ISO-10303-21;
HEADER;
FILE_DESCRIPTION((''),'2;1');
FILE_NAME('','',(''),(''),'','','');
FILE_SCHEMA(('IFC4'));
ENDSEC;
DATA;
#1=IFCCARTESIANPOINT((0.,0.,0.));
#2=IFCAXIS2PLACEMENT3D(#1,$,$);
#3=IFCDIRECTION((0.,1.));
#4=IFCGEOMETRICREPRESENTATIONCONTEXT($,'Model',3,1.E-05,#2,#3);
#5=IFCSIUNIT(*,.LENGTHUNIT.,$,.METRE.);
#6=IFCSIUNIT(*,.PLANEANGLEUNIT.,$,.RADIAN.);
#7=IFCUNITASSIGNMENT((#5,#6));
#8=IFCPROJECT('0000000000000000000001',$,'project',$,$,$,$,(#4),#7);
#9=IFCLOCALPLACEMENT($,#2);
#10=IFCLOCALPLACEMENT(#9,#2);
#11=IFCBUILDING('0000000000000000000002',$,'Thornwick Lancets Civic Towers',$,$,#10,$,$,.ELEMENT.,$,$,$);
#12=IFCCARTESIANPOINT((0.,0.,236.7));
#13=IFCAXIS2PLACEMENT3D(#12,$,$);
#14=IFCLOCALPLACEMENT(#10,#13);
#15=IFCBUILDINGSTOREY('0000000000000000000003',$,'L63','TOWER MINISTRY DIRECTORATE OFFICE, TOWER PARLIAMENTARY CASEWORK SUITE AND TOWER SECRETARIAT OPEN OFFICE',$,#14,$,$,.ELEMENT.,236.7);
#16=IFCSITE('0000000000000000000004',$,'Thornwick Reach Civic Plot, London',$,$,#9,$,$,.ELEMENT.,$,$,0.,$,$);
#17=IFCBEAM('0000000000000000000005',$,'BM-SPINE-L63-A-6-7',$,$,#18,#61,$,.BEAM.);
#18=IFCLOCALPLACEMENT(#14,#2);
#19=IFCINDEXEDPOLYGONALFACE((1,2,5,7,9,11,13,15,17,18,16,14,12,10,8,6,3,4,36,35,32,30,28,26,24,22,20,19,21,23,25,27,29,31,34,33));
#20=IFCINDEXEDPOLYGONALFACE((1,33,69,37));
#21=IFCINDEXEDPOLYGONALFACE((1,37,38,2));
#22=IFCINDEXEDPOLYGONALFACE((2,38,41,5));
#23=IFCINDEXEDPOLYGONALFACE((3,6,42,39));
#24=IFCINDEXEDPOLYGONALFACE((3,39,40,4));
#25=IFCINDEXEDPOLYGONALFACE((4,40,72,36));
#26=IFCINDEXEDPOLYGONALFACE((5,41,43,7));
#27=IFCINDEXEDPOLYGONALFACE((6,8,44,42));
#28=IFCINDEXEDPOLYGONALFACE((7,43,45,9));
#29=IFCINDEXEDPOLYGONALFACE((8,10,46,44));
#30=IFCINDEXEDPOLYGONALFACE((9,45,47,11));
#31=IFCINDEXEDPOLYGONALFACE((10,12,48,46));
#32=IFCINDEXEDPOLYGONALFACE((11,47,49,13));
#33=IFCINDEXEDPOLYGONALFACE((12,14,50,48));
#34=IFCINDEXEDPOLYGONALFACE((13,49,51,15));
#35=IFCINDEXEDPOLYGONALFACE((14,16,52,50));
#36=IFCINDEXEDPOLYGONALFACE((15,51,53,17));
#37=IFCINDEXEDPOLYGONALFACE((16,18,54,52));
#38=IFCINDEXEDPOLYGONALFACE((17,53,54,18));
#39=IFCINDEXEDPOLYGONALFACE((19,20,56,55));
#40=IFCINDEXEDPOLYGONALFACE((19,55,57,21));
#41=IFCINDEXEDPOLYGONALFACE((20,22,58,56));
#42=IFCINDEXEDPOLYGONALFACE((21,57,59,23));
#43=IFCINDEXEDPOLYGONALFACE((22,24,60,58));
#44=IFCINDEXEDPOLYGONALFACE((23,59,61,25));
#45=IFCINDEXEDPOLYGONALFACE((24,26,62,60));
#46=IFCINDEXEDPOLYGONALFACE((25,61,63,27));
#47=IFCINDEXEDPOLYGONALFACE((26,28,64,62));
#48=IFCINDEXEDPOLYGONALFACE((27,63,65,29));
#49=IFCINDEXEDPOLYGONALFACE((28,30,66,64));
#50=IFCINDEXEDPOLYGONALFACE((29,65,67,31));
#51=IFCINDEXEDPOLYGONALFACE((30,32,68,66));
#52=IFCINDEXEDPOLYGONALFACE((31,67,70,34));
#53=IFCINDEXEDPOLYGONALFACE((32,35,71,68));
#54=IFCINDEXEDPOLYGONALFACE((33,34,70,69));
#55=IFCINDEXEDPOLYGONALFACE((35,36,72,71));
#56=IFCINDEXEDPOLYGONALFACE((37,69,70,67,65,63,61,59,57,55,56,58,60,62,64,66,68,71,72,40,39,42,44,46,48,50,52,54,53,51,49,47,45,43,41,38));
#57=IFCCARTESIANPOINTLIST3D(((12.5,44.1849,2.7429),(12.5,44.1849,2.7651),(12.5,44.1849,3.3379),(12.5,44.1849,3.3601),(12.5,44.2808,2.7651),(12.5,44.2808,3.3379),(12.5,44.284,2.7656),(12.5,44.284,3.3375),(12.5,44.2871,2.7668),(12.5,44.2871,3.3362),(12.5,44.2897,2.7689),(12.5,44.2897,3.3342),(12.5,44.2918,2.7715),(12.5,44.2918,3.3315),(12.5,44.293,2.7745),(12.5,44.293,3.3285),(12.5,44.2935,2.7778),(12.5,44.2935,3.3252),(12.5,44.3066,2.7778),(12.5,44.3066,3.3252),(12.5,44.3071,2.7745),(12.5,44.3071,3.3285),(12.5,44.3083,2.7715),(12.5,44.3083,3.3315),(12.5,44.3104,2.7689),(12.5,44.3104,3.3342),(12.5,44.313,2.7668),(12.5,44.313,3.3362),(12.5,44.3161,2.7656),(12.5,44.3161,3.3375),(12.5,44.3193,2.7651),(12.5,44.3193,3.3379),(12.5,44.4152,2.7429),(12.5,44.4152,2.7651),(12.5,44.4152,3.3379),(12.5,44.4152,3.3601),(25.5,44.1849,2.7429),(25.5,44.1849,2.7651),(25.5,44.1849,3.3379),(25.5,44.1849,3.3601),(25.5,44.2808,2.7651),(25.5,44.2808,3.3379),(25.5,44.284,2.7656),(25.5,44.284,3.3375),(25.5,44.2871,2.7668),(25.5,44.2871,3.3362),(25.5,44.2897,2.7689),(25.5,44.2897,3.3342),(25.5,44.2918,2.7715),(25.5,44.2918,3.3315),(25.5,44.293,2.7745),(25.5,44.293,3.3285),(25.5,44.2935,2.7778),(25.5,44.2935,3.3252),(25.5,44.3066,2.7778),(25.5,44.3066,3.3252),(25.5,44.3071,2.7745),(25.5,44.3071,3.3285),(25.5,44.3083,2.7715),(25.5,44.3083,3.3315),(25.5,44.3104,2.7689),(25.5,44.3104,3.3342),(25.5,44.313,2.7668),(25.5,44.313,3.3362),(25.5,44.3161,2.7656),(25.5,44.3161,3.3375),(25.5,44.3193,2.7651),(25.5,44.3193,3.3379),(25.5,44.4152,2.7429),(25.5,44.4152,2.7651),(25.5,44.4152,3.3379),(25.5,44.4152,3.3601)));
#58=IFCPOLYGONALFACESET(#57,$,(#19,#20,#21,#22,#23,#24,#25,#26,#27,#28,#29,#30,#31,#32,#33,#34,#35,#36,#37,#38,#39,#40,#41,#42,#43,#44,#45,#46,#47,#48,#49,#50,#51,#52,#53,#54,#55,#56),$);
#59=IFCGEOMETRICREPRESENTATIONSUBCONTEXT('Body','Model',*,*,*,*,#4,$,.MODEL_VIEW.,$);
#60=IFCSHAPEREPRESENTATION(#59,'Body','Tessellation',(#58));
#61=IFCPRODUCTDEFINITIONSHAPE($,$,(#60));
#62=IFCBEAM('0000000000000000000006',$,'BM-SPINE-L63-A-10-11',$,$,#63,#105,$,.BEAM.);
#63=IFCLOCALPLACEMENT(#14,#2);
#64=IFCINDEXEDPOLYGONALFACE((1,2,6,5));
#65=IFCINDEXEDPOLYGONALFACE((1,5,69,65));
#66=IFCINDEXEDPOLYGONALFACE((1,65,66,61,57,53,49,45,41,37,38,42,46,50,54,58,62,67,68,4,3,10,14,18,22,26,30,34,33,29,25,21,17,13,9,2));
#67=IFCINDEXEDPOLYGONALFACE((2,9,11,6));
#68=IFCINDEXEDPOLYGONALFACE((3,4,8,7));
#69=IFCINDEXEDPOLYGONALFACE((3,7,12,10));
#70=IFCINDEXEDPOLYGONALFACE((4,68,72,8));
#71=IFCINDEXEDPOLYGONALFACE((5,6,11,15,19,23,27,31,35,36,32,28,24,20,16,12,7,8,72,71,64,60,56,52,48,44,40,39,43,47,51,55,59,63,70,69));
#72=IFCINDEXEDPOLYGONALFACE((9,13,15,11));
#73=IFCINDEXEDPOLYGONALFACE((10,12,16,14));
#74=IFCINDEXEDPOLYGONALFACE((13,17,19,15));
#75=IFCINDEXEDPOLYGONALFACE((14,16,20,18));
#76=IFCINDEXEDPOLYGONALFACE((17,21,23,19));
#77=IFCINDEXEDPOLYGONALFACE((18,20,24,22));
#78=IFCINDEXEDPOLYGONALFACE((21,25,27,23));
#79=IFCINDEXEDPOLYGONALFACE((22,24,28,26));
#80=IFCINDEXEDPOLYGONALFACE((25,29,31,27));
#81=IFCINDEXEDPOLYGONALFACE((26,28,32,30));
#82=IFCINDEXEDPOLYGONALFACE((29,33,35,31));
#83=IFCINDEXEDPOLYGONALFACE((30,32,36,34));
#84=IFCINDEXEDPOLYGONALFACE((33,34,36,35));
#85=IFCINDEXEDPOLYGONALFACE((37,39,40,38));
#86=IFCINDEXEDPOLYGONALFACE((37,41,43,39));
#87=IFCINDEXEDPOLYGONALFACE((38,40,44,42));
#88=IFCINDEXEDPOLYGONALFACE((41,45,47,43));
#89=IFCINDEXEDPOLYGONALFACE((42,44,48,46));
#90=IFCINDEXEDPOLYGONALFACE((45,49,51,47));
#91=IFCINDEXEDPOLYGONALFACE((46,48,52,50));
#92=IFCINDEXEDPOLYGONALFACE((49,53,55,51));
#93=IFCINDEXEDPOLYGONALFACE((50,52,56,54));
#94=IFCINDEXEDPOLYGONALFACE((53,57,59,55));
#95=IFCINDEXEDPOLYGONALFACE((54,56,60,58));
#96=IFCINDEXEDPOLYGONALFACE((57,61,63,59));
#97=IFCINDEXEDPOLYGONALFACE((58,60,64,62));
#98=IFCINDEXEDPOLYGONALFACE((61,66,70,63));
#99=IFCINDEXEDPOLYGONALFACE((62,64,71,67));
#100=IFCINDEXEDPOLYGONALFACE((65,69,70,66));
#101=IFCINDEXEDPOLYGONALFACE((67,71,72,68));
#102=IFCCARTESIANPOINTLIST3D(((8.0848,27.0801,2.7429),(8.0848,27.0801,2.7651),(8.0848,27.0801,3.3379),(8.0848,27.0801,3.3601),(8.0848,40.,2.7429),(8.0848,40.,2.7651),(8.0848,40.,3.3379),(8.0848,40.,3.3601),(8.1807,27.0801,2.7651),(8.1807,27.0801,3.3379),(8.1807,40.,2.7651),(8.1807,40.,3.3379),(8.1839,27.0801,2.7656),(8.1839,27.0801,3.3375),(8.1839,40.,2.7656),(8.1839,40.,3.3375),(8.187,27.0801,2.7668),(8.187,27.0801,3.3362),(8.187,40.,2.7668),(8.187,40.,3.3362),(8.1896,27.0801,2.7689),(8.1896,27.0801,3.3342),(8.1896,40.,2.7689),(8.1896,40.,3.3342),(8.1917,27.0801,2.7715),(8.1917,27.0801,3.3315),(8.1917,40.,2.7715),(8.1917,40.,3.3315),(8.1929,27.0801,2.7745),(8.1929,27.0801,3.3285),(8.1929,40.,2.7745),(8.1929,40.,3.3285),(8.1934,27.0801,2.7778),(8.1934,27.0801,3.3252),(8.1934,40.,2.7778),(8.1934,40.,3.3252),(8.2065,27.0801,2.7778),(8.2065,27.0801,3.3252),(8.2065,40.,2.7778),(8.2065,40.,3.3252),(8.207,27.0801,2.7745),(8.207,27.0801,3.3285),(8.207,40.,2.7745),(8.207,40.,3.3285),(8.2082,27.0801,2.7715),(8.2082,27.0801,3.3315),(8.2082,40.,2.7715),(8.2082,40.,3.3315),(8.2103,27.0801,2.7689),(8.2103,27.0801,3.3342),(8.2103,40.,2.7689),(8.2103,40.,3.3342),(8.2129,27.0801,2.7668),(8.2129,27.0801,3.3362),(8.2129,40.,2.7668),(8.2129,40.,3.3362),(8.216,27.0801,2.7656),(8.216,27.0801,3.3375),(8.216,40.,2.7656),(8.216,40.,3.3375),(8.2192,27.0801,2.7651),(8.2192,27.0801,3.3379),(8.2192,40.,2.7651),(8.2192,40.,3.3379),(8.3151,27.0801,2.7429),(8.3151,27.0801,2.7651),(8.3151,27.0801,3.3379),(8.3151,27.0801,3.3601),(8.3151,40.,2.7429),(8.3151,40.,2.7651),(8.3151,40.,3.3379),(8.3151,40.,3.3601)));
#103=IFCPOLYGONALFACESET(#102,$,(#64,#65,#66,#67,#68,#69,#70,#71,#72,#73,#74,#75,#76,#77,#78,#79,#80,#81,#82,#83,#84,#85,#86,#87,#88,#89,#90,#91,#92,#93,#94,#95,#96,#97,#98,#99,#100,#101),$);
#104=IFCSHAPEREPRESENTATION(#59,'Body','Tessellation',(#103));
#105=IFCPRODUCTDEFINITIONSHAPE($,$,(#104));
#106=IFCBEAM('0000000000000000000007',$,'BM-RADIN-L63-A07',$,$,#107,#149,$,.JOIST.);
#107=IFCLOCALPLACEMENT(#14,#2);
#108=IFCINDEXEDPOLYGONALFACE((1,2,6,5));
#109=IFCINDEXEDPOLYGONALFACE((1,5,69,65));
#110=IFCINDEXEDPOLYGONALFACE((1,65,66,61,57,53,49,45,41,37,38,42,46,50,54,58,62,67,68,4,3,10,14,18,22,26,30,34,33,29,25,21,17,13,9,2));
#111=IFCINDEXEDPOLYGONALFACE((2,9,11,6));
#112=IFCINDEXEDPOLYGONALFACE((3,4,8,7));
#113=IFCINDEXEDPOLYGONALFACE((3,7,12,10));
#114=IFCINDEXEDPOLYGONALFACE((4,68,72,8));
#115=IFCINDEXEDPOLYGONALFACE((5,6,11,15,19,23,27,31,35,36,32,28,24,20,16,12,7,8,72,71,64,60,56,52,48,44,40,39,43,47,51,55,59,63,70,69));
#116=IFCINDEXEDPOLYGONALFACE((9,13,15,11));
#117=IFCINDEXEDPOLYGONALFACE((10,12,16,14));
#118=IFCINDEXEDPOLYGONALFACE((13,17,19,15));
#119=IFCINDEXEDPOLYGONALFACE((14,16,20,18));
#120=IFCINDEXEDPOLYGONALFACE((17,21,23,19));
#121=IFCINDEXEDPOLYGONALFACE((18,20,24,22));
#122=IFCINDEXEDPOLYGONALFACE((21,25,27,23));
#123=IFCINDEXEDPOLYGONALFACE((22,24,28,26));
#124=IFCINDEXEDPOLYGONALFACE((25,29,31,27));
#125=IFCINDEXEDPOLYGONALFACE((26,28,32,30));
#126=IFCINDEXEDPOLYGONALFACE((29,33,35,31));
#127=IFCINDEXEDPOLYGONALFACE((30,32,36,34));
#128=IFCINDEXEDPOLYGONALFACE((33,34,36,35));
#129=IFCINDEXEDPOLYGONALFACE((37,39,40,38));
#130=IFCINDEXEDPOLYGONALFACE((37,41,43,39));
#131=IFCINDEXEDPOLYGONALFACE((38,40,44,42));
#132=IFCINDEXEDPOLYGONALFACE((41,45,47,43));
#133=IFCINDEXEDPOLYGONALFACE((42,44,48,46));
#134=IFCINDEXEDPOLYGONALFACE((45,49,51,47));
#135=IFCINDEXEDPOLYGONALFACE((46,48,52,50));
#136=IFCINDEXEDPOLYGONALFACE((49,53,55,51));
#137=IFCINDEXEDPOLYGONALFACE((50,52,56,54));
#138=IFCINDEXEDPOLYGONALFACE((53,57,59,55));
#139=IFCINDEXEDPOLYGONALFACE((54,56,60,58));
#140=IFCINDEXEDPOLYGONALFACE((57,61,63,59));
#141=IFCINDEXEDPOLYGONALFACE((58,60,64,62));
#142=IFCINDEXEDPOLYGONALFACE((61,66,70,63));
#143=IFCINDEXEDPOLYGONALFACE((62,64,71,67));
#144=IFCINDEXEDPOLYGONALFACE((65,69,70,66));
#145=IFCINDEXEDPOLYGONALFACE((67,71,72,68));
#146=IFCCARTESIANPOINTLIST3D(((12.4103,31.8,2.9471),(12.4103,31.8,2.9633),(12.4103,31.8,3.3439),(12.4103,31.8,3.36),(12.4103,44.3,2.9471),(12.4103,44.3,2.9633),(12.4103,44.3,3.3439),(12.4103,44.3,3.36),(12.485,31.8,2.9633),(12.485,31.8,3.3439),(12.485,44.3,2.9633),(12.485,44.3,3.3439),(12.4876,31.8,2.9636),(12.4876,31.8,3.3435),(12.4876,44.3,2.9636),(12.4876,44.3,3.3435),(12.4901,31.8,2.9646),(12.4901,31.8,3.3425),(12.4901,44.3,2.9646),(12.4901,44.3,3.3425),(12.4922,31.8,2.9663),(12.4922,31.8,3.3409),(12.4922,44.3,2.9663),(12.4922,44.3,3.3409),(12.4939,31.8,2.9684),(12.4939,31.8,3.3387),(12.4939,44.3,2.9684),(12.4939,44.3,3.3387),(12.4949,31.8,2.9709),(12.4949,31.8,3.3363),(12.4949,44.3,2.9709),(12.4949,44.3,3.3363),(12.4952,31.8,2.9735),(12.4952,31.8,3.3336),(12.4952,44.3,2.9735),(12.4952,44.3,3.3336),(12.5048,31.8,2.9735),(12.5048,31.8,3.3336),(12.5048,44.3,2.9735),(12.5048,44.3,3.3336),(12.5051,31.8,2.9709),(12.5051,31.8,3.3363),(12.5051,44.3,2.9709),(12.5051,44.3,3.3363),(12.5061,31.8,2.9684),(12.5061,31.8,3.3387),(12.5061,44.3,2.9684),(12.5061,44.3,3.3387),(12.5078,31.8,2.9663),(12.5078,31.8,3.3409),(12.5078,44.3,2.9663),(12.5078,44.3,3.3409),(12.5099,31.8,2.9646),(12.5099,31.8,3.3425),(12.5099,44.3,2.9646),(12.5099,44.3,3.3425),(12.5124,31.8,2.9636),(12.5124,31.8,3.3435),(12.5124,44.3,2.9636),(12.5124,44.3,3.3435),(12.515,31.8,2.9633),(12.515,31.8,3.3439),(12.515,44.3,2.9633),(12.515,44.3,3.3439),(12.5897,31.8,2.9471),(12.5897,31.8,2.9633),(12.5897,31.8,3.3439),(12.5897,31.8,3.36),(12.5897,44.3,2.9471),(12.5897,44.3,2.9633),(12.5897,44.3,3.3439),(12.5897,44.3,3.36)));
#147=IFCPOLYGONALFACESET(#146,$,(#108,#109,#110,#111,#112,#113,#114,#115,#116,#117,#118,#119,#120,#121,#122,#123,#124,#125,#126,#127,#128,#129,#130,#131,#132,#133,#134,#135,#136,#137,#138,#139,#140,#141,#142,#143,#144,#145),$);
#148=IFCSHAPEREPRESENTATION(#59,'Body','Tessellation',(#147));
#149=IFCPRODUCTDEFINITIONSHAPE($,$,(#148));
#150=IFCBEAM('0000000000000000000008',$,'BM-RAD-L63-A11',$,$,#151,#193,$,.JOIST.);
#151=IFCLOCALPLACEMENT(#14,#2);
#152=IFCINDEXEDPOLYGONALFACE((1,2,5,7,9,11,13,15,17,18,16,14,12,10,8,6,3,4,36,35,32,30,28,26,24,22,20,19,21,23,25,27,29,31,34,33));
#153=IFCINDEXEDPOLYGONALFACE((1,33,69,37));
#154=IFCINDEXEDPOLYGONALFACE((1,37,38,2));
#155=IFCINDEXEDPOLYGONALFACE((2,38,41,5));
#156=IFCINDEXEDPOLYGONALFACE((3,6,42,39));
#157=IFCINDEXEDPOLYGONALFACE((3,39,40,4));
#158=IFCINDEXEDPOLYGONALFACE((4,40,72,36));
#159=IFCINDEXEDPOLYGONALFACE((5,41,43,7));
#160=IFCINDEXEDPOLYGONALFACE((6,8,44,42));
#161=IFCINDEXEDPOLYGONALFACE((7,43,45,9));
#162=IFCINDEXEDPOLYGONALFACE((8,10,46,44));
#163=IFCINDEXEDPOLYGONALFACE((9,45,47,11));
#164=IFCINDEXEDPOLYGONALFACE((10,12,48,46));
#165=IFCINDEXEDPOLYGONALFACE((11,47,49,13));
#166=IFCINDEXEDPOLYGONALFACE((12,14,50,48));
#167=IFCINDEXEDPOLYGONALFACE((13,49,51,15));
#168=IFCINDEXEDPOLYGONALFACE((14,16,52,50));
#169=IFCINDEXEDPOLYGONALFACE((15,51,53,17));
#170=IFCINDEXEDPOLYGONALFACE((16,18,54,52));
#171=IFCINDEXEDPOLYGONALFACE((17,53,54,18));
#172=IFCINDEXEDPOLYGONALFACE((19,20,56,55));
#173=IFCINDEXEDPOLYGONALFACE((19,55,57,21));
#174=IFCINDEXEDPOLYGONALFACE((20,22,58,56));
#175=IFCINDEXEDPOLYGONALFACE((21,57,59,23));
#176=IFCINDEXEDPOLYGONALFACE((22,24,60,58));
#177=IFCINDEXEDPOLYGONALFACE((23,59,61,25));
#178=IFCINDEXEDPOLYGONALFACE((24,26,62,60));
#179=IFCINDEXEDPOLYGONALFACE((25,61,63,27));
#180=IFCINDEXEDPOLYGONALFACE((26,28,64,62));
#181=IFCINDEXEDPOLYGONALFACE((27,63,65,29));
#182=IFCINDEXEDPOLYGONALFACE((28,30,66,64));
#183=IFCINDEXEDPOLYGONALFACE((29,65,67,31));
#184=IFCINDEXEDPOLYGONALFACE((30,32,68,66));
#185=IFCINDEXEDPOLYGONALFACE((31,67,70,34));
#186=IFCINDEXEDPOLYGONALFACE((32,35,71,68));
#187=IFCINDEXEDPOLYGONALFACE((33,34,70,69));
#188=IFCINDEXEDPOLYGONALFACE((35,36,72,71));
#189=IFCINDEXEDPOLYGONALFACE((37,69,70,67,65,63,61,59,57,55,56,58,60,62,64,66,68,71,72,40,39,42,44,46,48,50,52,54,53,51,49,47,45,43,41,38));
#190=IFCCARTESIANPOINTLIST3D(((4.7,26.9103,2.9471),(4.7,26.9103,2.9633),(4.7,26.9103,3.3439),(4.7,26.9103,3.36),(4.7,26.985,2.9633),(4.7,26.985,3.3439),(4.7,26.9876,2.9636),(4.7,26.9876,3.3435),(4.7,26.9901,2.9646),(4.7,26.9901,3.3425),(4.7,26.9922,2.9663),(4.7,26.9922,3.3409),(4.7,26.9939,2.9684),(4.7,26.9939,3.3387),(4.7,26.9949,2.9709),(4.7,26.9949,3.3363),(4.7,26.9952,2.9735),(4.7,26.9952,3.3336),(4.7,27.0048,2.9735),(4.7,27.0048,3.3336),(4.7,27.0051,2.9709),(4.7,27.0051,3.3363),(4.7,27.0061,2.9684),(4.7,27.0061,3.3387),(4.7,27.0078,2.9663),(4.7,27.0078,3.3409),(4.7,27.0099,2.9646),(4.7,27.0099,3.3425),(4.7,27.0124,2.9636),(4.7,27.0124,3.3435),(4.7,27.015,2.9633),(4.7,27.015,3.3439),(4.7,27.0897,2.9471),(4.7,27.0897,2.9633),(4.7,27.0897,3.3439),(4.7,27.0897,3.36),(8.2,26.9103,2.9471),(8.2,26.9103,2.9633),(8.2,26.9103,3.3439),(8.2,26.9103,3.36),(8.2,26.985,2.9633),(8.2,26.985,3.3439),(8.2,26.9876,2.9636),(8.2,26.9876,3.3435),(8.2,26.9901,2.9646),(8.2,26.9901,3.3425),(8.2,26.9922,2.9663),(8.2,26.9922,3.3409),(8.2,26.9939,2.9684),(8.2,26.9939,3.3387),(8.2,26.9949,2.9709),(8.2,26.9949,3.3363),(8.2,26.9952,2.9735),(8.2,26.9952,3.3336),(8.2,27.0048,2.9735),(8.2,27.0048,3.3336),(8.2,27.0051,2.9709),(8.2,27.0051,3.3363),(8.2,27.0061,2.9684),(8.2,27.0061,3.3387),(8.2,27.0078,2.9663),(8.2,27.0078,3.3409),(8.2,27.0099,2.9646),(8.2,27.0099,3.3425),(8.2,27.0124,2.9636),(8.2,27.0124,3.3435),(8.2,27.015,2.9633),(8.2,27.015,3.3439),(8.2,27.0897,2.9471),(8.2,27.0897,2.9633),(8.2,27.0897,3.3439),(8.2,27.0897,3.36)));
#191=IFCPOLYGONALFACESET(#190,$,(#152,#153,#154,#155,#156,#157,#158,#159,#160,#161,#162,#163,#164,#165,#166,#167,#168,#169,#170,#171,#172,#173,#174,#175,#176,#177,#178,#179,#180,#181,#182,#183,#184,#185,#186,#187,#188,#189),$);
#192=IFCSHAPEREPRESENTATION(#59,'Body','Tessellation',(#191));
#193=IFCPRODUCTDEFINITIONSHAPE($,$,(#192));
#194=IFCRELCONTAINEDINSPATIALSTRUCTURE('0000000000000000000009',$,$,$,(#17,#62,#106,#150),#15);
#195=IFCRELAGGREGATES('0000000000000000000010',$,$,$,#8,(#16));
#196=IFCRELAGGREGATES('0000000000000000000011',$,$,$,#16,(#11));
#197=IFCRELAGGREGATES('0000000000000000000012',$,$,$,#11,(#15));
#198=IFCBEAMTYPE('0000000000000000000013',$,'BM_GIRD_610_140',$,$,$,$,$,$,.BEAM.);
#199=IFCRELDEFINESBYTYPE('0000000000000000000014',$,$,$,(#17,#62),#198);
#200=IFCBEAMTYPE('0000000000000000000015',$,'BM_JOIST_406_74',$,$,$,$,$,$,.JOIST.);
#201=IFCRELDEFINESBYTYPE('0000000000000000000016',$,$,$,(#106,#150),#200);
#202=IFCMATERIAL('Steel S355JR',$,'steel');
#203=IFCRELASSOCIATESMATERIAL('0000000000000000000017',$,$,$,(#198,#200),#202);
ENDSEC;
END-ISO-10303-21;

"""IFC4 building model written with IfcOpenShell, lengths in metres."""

from ifc_helpers import new_model, si_unit, direction, frame, origin, origin_2d, place, context, subcontext, project, spatial, i_section, extrude, material, material_profile, profile_set, type_object, element, save


model = new_model("IFC4")

# Units and contexts
model_context = context("Model", 3, precision=1e-05, world=origin(), true_north=direction((0.0, 1.0)))
body_context = subcontext(model_context, "Body", "Model", "MODEL_VIEW")
ifc_project = project(units=[si_unit("LENGTHUNIT", "METRE"), si_unit("PLANEANGLEUNIT", "RADIAN")], contexts=[model_context])

# Site, building, storey
site_placement = place(None, origin())
site = spatial("IfcSite", under=ifc_project, at=site_placement, Name="Thornwick Reach Civic Plot, London", CompositionType="ELEMENT", RefElevation=0.0)
building_placement = place(site_placement, origin())
building = spatial("IfcBuilding", under=site, at=building_placement, Name="Thornwick Lancets Civic Towers", CompositionType="ELEMENT")
storey_placement = place(building_placement, frame((0.0, 0.0, 236.7)))
storey = spatial("IfcBuildingStorey", under=building, at=storey_placement, Name="L63", Description="TOWER MINISTRY DIRECTORATE OFFICE, TOWER PARLIAMENTARY CASEWORK SUITE AND TOWER SECRETARIAT OPEN OFFICE", CompositionType="ELEMENT", Elevation=236.7)

# Shared definitions
ifc_material_1 = material(Name="Steel S355JR", Category="steel")

# Beams
ifc_material_profile_1 = material_profile(ifc_material_1, i_section(OverallWidth=0.2302, OverallDepth=0.6172, WebThickness=0.0132, FlangeThickness=0.0222, FilletRadius=0.0127, at=origin_2d()), Name="UKB 610x229x140")
ifc_profile_set_1 = profile_set([ifc_material_profile_1], Name="Steel S355JR")
beam_type_1 = type_object("IfcBeamType", Name="BM_GIRD_610_140", PredefinedType="BEAM", material=ifc_profile_set_1)
beam_1_placement = place(storey_placement, frame((12.5, 44.3, 3.0515), z_axis=(1.0, 0.0, 0.0), x_axis=(0.0, 1.0, 0.0)))
element("IfcBeam", 1, at=beam_1_placement, inside=storey, type_object=beam_type_1, Name="BM-SPINE-L63-A-6-7", PredefinedType="BEAM", context=body_context, shape_type="SweptSolid", body=[
    extrude(i_section(OverallWidth=0.2302, OverallDepth=0.6172, WebThickness=0.0132, FlangeThickness=0.0222, FilletRadius=0.0127, at=origin_2d()), origin(), (0.0, 0.0, 1.0), 13.0),
])
beam_2_placement = place(storey_placement, frame((8.2, 27.0801, 3.0515), z_axis=(0.0, 1.0, 0.0), x_axis=(-1.0, 0.0, 0.0)))
element("IfcBeam", 2, at=beam_2_placement, inside=storey, type_object=beam_type_1, Name="BM-SPINE-L63-A-10-11", PredefinedType="BEAM", context=body_context, shape_type="SweptSolid", body=[
    extrude(i_section(OverallWidth=0.2302, OverallDepth=0.6172, WebThickness=0.0132, FlangeThickness=0.0222, FilletRadius=0.0127, at=origin_2d()), origin(), (0.0, 0.0, 1.0), 12.9199),
])
ifc_material_profile_2 = material_profile(ifc_material_1, i_section(OverallWidth=0.1794, OverallDepth=0.4128, WebThickness=0.0095, FlangeThickness=0.0161, FilletRadius=0.0103, at=origin_2d()), Name="UKB 406x178x74")
ifc_profile_set_2 = profile_set([ifc_material_profile_2], Name="Steel S355JR")
beam_type_2 = type_object("IfcBeamType", Name="BM_JOIST_406_74", PredefinedType="JOIST", material=ifc_profile_set_2)
beam_3_placement = place(storey_placement, frame((12.5, 31.8, 3.1536), z_axis=(0.0, 1.0, 0.0), x_axis=(-1.0, 0.0, 0.0)))
element("IfcBeam", 3, at=beam_3_placement, inside=storey, type_object=beam_type_2, Name="BM-RADIN-L63-A07", PredefinedType="JOIST", context=body_context, shape_type="SweptSolid", body=[
    extrude(i_section(OverallWidth=0.1794, OverallDepth=0.4128, WebThickness=0.0095, FlangeThickness=0.0161, FilletRadius=0.0103, at=origin_2d()), origin(), (0.0, 0.0, 1.0), 12.5),
])
for number, where, z_axis, x_axis, name in (
    (4, (8.2, 27.0, 3.1536), (-1.0, 0.0, 0.0), (0.0, -1.0, 0.0), "BM-RAD-L63-A11"),
):
    element("IfcBeam", number, at=place(storey_placement, frame(where, z_axis=z_axis, x_axis=x_axis)), inside=storey, type_object=beam_type_2, Name=name, PredefinedType="JOIST", context=body_context, shape_type="SweptSolid", body=[
        extrude(i_section(OverallWidth=0.1794, OverallDepth=0.4128, WebThickness=0.0095, FlangeThickness=0.0161, FilletRadius=0.0103, at=origin_2d()), origin(), (0.0, 0.0, 1.0), 3.5),
    ])

save(model, "model.ifc")
